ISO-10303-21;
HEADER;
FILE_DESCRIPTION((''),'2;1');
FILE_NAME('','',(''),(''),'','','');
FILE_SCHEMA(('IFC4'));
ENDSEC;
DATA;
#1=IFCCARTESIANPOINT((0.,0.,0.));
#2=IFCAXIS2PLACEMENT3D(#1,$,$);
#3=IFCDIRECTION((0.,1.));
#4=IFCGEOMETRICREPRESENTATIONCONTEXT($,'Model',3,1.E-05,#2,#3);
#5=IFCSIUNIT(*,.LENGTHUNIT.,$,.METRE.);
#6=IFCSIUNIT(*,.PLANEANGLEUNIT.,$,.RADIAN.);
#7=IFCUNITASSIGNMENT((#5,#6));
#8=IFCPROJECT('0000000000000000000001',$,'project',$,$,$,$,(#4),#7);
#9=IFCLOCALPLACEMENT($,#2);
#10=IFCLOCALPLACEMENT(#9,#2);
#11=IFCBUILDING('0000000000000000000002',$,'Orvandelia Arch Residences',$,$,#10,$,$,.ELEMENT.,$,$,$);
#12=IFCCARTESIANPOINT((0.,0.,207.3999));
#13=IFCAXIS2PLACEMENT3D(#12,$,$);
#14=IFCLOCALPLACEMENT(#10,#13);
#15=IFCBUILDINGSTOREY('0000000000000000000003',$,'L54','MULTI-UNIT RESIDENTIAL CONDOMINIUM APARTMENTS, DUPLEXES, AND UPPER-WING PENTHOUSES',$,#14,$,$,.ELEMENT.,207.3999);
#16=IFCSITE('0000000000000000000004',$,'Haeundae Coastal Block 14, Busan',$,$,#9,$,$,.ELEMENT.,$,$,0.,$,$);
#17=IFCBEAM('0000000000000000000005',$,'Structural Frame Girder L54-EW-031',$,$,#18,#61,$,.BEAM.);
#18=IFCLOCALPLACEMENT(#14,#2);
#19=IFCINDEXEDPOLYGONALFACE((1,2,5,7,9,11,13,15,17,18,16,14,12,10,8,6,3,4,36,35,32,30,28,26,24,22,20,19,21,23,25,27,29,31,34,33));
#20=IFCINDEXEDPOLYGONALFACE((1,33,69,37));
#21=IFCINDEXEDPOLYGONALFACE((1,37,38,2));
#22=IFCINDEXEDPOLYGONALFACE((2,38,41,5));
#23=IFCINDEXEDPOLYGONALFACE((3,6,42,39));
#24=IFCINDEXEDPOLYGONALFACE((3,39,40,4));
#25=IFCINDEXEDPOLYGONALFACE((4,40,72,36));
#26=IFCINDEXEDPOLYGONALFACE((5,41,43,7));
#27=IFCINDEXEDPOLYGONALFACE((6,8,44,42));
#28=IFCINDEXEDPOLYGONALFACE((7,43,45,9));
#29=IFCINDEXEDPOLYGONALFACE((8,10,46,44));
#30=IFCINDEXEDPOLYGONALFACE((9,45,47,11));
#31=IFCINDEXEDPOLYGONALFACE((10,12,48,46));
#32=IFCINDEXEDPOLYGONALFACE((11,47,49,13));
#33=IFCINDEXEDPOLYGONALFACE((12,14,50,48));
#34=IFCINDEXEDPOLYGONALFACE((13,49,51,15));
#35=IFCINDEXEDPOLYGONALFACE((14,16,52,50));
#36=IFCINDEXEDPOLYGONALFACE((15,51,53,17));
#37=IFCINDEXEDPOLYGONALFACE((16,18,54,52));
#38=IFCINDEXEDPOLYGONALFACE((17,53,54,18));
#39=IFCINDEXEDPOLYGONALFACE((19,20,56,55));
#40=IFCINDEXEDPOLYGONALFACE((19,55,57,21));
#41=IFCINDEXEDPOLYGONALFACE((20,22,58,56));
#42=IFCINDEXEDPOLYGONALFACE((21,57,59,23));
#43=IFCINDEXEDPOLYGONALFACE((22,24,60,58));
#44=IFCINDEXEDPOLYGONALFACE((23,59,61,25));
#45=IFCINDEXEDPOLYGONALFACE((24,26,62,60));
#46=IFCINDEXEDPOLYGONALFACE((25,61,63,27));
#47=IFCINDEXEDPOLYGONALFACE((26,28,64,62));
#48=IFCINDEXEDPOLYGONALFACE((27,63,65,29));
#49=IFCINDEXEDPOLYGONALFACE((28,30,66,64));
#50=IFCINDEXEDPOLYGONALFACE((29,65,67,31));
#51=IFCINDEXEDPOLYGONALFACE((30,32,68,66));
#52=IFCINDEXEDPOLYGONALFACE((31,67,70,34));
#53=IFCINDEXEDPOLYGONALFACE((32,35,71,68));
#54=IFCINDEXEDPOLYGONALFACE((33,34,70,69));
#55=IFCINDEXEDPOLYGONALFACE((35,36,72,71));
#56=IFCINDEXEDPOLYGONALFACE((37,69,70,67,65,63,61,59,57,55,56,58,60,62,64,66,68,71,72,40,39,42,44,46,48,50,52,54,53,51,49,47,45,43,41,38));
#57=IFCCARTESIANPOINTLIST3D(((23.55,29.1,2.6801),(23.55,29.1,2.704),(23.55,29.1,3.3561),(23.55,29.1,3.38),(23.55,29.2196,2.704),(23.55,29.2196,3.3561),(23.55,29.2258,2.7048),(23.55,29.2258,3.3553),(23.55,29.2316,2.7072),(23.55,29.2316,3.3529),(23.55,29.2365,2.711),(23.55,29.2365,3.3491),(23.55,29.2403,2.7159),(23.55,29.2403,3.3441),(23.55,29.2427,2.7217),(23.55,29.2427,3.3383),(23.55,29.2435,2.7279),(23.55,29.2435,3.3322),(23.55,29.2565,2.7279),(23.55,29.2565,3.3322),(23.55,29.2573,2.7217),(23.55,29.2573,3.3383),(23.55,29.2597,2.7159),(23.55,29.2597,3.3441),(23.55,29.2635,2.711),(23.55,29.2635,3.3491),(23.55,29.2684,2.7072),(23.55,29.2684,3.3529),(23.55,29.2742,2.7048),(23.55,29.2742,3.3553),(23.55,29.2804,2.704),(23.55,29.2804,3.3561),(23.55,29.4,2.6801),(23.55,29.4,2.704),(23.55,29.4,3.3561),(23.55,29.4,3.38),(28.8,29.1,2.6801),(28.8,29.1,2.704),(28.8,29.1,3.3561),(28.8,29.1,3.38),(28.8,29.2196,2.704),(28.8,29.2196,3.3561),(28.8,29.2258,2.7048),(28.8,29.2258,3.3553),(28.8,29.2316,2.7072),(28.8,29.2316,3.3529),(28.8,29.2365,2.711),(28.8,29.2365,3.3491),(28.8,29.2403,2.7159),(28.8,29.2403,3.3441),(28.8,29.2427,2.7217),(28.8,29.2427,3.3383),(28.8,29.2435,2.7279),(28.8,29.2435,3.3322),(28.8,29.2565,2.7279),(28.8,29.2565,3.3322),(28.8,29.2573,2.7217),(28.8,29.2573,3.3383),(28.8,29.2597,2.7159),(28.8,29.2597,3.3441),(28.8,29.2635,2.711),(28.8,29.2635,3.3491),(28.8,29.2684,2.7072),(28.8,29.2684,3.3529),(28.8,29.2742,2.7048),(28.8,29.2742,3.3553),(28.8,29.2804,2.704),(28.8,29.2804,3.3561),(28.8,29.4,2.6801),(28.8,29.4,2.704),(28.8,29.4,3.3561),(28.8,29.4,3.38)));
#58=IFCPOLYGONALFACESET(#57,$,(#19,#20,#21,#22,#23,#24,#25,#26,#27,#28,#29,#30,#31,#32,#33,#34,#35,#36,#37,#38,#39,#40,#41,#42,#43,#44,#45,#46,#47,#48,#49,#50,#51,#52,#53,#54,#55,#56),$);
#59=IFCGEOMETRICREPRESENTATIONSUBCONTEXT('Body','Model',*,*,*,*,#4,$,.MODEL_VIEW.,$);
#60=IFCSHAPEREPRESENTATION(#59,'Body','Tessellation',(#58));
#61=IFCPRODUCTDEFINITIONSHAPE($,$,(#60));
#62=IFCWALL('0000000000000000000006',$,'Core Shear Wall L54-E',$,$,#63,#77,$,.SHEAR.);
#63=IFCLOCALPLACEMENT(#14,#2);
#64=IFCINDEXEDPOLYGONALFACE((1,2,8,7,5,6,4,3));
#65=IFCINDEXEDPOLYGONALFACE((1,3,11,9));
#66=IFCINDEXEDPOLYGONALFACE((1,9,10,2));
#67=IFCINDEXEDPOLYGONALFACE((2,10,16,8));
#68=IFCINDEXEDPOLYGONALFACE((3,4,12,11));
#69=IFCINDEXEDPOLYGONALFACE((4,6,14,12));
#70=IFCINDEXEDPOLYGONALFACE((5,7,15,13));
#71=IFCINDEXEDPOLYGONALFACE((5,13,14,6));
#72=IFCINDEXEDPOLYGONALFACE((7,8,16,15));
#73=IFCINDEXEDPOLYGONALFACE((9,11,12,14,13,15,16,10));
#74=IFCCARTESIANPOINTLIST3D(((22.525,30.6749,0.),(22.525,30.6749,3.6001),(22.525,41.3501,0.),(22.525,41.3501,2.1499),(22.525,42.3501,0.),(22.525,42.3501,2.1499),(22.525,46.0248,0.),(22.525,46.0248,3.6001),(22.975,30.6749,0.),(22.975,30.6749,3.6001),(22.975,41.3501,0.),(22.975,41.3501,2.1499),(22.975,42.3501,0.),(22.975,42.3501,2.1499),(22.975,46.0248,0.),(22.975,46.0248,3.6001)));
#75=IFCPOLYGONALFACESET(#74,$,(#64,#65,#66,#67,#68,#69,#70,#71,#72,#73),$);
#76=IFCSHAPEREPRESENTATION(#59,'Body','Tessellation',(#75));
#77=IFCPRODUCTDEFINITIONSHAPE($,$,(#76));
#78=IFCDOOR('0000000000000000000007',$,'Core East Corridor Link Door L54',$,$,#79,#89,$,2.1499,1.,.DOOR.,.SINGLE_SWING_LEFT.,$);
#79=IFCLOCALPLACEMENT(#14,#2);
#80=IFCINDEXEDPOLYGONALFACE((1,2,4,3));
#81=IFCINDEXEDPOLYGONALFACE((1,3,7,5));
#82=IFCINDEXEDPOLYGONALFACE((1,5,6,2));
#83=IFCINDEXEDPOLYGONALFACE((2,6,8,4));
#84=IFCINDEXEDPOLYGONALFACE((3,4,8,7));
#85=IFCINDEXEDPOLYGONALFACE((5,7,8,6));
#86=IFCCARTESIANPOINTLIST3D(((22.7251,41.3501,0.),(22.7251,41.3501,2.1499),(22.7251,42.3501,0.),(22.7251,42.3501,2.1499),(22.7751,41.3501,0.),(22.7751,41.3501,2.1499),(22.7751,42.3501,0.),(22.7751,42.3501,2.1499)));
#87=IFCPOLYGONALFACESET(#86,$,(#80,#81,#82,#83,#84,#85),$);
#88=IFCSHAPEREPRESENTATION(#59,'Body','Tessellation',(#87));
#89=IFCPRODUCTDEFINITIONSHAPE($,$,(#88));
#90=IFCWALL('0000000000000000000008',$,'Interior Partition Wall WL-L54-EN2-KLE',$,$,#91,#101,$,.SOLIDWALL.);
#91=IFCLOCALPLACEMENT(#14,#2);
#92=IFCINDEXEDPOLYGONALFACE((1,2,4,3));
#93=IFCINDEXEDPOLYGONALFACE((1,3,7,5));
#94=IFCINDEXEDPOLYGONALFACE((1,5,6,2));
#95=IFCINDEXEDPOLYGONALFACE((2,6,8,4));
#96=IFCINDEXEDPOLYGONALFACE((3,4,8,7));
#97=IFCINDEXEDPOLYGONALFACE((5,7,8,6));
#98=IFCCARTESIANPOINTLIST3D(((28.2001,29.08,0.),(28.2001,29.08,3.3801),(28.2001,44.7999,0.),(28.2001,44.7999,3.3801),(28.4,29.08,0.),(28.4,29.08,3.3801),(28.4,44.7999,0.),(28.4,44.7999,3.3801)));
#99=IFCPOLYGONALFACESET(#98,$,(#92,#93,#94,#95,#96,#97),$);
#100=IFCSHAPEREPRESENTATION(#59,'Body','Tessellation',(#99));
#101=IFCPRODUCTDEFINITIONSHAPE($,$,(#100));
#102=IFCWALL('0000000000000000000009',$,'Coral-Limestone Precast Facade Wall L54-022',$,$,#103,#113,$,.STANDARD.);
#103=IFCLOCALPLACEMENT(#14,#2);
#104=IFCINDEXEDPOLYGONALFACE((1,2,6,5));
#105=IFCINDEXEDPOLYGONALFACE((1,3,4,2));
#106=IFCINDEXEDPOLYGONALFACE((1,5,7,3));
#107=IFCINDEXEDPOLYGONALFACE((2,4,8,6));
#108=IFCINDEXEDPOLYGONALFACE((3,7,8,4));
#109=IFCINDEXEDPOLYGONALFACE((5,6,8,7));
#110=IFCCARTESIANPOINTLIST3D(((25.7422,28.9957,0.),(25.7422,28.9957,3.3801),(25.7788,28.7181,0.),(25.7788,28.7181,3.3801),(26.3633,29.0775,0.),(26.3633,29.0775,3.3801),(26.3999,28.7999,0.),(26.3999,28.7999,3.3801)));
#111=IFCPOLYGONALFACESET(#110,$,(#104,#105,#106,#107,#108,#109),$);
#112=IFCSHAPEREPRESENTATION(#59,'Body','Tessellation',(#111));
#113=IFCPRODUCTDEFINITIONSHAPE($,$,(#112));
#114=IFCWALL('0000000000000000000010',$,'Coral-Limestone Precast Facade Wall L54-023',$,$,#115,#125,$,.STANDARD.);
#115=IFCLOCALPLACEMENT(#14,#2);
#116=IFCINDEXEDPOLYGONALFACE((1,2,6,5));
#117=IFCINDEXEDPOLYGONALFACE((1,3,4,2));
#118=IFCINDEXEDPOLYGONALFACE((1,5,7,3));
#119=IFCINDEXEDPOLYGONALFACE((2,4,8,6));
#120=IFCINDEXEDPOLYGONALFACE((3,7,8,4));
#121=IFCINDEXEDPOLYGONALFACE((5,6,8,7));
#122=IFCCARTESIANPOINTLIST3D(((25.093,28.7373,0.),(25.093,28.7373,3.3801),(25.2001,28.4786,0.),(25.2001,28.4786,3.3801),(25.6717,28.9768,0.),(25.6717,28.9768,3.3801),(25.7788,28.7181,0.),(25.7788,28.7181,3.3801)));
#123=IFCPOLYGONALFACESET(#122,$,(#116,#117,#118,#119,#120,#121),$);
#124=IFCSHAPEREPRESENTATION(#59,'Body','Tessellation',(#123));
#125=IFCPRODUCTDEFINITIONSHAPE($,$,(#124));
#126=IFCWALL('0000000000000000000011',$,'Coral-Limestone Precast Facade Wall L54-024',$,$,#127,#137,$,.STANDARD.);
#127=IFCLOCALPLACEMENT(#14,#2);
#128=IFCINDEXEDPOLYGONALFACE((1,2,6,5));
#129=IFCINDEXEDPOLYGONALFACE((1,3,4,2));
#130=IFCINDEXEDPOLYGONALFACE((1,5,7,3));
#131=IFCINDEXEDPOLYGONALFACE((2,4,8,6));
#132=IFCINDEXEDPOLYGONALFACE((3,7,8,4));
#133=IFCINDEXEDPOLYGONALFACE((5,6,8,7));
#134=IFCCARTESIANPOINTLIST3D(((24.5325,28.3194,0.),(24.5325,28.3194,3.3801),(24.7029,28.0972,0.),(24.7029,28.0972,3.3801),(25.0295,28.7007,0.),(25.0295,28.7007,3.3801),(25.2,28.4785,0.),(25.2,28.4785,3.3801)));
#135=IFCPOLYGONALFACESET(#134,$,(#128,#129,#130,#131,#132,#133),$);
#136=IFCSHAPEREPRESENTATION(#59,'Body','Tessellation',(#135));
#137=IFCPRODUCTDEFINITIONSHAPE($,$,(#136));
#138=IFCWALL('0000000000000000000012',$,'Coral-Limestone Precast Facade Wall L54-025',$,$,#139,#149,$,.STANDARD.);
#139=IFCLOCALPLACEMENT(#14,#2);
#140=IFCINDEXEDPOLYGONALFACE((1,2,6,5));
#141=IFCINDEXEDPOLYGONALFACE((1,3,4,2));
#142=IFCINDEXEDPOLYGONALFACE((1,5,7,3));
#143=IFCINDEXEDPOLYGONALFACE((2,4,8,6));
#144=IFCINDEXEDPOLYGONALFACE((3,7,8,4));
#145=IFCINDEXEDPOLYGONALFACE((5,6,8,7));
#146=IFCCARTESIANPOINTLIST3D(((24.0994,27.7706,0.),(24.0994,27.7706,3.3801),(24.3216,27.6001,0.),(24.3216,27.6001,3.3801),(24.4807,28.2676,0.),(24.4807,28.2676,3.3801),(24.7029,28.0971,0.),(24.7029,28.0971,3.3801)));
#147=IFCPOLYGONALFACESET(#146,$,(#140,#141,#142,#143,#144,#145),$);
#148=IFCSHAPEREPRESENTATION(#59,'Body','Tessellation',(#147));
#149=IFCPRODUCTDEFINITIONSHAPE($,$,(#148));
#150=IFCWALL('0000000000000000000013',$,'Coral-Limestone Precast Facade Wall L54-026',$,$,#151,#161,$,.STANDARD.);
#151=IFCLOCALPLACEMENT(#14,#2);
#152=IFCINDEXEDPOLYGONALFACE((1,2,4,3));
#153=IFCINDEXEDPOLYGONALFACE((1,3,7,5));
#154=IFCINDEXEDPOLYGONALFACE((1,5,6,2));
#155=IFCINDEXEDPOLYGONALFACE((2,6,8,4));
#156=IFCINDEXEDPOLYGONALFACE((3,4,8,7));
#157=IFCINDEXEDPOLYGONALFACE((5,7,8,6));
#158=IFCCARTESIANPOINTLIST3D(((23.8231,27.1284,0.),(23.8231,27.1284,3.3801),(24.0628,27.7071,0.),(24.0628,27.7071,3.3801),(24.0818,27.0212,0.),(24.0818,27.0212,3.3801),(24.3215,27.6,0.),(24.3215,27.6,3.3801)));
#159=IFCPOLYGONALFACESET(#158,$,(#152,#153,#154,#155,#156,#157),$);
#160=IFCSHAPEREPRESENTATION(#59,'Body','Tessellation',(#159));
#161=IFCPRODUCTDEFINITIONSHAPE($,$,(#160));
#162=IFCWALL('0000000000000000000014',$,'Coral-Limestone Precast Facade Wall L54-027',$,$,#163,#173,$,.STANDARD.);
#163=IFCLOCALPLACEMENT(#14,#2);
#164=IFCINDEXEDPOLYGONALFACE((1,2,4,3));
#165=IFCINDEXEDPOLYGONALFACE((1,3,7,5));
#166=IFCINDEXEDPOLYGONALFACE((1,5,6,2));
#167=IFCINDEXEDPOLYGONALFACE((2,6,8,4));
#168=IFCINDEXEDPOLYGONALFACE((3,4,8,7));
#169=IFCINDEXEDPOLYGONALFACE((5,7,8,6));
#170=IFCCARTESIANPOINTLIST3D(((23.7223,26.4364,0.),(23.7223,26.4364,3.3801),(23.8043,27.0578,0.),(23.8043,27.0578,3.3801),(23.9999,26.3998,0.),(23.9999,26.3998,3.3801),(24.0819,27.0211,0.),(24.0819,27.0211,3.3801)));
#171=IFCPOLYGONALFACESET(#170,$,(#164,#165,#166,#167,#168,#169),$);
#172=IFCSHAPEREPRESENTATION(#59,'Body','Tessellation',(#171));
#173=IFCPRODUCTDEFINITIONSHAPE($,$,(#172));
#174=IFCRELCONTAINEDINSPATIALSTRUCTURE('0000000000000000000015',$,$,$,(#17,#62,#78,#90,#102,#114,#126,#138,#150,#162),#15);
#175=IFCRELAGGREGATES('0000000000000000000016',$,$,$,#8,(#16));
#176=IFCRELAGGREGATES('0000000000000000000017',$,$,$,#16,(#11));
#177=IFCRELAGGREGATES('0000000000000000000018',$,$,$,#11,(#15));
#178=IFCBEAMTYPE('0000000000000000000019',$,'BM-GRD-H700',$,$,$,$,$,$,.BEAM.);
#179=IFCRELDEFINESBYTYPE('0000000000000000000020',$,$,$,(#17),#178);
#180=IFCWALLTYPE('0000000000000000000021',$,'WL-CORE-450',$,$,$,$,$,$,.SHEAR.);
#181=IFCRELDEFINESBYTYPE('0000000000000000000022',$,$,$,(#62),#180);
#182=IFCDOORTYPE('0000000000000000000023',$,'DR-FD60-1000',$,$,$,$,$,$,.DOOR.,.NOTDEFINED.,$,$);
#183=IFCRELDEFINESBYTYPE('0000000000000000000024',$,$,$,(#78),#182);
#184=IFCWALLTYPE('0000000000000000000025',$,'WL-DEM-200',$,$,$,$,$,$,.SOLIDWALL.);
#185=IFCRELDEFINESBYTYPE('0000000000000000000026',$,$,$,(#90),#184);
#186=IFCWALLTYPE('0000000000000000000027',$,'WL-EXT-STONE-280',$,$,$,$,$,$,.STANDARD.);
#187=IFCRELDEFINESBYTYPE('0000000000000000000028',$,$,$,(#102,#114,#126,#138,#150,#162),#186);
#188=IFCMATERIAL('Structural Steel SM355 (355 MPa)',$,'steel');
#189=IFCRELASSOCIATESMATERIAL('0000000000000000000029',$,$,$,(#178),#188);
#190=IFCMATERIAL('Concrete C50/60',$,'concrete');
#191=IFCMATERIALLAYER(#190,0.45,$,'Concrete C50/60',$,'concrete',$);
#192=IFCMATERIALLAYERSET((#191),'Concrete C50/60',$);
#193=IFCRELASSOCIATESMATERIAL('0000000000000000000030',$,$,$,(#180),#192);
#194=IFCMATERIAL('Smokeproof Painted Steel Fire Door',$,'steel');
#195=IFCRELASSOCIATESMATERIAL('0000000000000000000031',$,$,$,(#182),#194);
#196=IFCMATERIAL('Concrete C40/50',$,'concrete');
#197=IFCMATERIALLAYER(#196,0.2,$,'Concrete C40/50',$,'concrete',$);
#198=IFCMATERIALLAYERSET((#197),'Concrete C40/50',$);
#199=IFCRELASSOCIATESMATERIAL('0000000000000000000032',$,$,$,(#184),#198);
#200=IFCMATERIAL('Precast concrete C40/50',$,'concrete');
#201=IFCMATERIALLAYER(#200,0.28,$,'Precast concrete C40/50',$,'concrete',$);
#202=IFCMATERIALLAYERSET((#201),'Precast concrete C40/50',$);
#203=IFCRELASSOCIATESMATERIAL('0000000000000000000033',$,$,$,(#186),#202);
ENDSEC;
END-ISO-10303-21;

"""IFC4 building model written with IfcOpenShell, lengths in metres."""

from ifc_helpers import new_model, si_unit, direction, frame, frame_2d, origin, origin_2d, place, context, subcontext, project, spatial, rectangle, i_section, extrude, material, layer, layer_set, material_profile, profile_set, type_object, element, fill, save


model = new_model("IFC4")

# Units and contexts
model_context = context("Model", 3, precision=1e-05, world=origin(), true_north=direction((0.0, 1.0)))
body_context = subcontext(model_context, "Body", "Model", "MODEL_VIEW")
ifc_project = project(units=[si_unit("LENGTHUNIT", "METRE"), si_unit("PLANEANGLEUNIT", "RADIAN")], contexts=[model_context])

# Site, building, storey
site_placement = place(None, origin())
site = spatial("IfcSite", under=ifc_project, at=site_placement, Name="Haeundae Coastal Block 14, Busan", CompositionType="ELEMENT", RefElevation=0.0)
building_placement = place(site_placement, origin())
building = spatial("IfcBuilding", under=site, at=building_placement, Name="Orvandelia Arch Residences", CompositionType="ELEMENT")
storey_placement = place(building_placement, frame((0.0, 0.0, 207.3999)))
storey = spatial("IfcBuildingStorey", under=building, at=storey_placement, Name="L54", Description="MULTI-UNIT RESIDENTIAL CONDOMINIUM APARTMENTS, DUPLEXES, AND UPPER-WING PENTHOUSES", CompositionType="ELEMENT", Elevation=207.3999)

# Beam
ifc_material_1 = material(Name="Structural Steel SM355 (355 MPa)", Category="steel")
ifc_material_profile_1 = material_profile(ifc_material_1, i_section(OverallWidth=0.3, OverallDepth=0.7, WebThickness=0.0129, FlangeThickness=0.0239, FilletRadius=0.0239, at=origin_2d()), Name="Structural Steel SM355 (355 MPa)", Category="steel")
ifc_profile_set_1 = profile_set([ifc_material_profile_1], Name="Structural Steel SM355 (355 MPa)")
beam_type = type_object("IfcBeamType", Name="BM-GRD-H700", PredefinedType="BEAM", material=ifc_profile_set_1)
beam_1_placement = place(storey_placement, frame((23.55, 29.25, 3.03), z_axis=(1.0, 0.0, 0.0), x_axis=(0.0, 1.0, 0.0)))
element("IfcBeam", 1, at=beam_1_placement, inside=storey, type_object=beam_type, Name="Structural Frame Girder L54-EW-031", PredefinedType="BEAM", context=body_context, shape_type="SweptSolid", body=[
    extrude(i_section(OverallWidth=0.3, OverallDepth=0.7, WebThickness=0.0129, FlangeThickness=0.0239, FilletRadius=0.0239, at=origin_2d()), origin(), (0.0, 0.0, 1.0), 5.25),
])

# Wall, opening, door
ifc_material_2 = material(Name="Concrete C50/60", Category="concrete")
ifc_layer_1 = layer(ifc_material_2, 0.45, Name="Concrete C50/60", Category="concrete")
ifc_layer_set_1 = layer_set([ifc_layer_1], Name="Concrete C50/60")
wall_type_1 = type_object("IfcWallType", Name="WL-CORE-450", PredefinedType="SHEAR", material=ifc_layer_set_1)
wall_1_placement = place(storey_placement, frame((22.75, 30.675, 0.0), z_axis=(0.0, 0.0, 1.0), x_axis=(0.0, 1.0, 0.0)))
wall_1 = element("IfcWall", 2, at=wall_1_placement, inside=storey, type_object=wall_type_1, Name="Core Shear Wall L54-E", PredefinedType="SHEAR", context=body_context, shape_type="SweptSolid", body=[
    extrude(rectangle(XDim=15.3499, YDim=0.45, at=frame_2d((7.6748, 0.0))), origin(), (0.0, 0.0, 1.0), 3.6001),
])
opening_placement = place(wall_1_placement, frame((10.675, 0.0, 0.0)))
opening = element("IfcOpeningElement", 3, at=opening_placement, cuts=wall_1, PredefinedType="OPENING", context=body_context, shape_type="SweptSolid", body=[
    extrude(rectangle(XDim=1.0, YDim=2.1499, at=frame_2d((0.5, 1.075))), frame((0.0, 0.2349, 0.0), z_axis=(0.0, -1.0, 0.0), x_axis=(1.0, 0.0, 0.0)), (0.0, 0.0, 1.0), 0.47),
])
ifc_material_3 = material(Name="Smokeproof Painted Steel Fire Door", Category="steel")
door_type = type_object("IfcDoorType", Name="DR-FD60-1000", OperationType="NOTDEFINED", PredefinedType="DOOR", material=ifc_material_3)
door_placement = place(opening_placement, origin())
door = element("IfcDoor", 4, at=door_placement, inside=storey, type_object=door_type, Name="Core East Corridor Link Door L54", OperationType="SINGLE_SWING_LEFT", OverallHeight=2.1499, OverallWidth=1.0, PredefinedType="DOOR", context=body_context, shape_type="SweptSolid", body=[
    extrude(rectangle(XDim=1.0, YDim=2.1499, at=frame_2d((0.5, 1.075))), frame((0.0, 0.0249, 0.0), z_axis=(0.0, -1.0, 0.0), x_axis=(1.0, 0.0, 0.0)), (0.0, 0.0, 1.0), 0.05),
])
fill(opening, door)

# Walls
ifc_material_4 = material(Name="Concrete C40/50", Category="concrete")
ifc_layer_2 = layer(ifc_material_4, 0.2, Name="Concrete C40/50", Category="concrete")
ifc_layer_set_2 = layer_set([ifc_layer_2], Name="Concrete C40/50")
wall_type_2 = type_object("IfcWallType", Name="WL-DEM-200", PredefinedType="SOLIDWALL", material=ifc_layer_set_2)
wall_2_placement = place(storey_placement, frame((28.3, 29.0801, 0.0), z_axis=(0.0, 0.0, 1.0), x_axis=(0.0, 1.0, 0.0)))
element("IfcWall", 5, at=wall_2_placement, inside=storey, type_object=wall_type_2, Name="Interior Partition Wall WL-L54-EN2-KLE", PredefinedType="SOLIDWALL", context=body_context, shape_type="SweptSolid", body=[
    extrude(rectangle(XDim=15.72, YDim=0.2, at=frame_2d((7.8599, 0.0))), origin(), (0.0, 0.0, 1.0), 3.3801),
])
ifc_material_5 = material(Name="Precast concrete C40/50", Category="concrete")
ifc_layer_3 = layer(ifc_material_5, 0.28, Name="Precast concrete C40/50", Category="concrete")
ifc_layer_set_3 = layer_set([ifc_layer_3], Name="Precast concrete C40/50")
wall_type_3 = type_object("IfcWallType", Name="WL-EXT-STONE-280", PredefinedType="STANDARD", material=ifc_layer_set_3)
wall_3_placement = place(storey_placement, frame((26.3816, 28.9387, 0.0), z_axis=(0.0, 0.0, 1.0), x_axis=(-0.991441, -0.130555, 0.0)))
element("IfcWall", 6, at=wall_3_placement, inside=storey, type_object=wall_type_3, Name="Coral-Limestone Precast Facade Wall L54-022", PredefinedType="STANDARD", context=body_context, shape_type="SweptSolid", body=[
    extrude(rectangle(XDim=0.6265, YDim=0.28, at=frame_2d((0.3132, 0.0))), origin(), (0.0, 0.0, 1.0), 3.3801),
])
wall_4_placement = place(storey_placement, frame((25.7251, 28.8474, 0.0), z_axis=(0.0, 0.0, 1.0), x_axis=(-0.923974, -0.382455, 0.0)))
element("IfcWall", 7, at=wall_4_placement, inside=storey, type_object=wall_type_3, Name="Coral-Limestone Precast Facade Wall L54-023", PredefinedType="STANDARD", context=body_context, shape_type="SweptSolid", body=[
    extrude(rectangle(XDim=0.6262, YDim=0.28, at=frame_2d((0.313, 0.0))), origin(), (0.0, 0.0, 1.0), 3.3801),
])
for number, where, z_axis, x_axis, name in (
    (8, (25.1147, 28.5896, 0.0), (0.0, 0.0, 1.0), (-0.793406, -0.608693, 0.0), "Coral-Limestone Precast Facade Wall L54-024"),
    (9, (24.5918, 28.1824, 0.0), (0.0, 0.0, 1.0), (-0.608693, -0.793406, 0.0), "Coral-Limestone Precast Facade Wall L54-025"),
    (10, (24.1921, 27.6536, 0.0), (0.0, 0.0, 1.0), (-0.38265, -0.923893, 0.0), "Coral-Limestone Precast Facade Wall L54-026"),
):
    element("IfcWall", number, at=place(storey_placement, frame(where, z_axis=z_axis, x_axis=x_axis)), inside=storey, type_object=wall_type_3, Name=name, PredefinedType="STANDARD", context=body_context, shape_type="SweptSolid", body=[
        extrude(rectangle(XDim=0.6265, YDim=0.28, at=frame_2d((0.3132, 0.0))), origin(), (0.0, 0.0, 1.0), 3.3801),
    ])
wall_5_placement = place(storey_placement, frame((23.9431, 27.0396, 0.0), z_axis=(0.0, 0.0, 1.0), x_axis=(-0.130888, -0.991397, 0.0)))
element("IfcWall", 11, at=wall_5_placement, inside=storey, type_object=wall_type_3, Name="Coral-Limestone Precast Facade Wall L54-027", PredefinedType="STANDARD", context=body_context, shape_type="SweptSolid", body=[
    extrude(rectangle(XDim=0.6267, YDim=0.28, at=frame_2d((0.3135, 0.0))), origin(), (0.0, 0.0, 1.0), 3.3801),
])

save(model, "model.ifc")
